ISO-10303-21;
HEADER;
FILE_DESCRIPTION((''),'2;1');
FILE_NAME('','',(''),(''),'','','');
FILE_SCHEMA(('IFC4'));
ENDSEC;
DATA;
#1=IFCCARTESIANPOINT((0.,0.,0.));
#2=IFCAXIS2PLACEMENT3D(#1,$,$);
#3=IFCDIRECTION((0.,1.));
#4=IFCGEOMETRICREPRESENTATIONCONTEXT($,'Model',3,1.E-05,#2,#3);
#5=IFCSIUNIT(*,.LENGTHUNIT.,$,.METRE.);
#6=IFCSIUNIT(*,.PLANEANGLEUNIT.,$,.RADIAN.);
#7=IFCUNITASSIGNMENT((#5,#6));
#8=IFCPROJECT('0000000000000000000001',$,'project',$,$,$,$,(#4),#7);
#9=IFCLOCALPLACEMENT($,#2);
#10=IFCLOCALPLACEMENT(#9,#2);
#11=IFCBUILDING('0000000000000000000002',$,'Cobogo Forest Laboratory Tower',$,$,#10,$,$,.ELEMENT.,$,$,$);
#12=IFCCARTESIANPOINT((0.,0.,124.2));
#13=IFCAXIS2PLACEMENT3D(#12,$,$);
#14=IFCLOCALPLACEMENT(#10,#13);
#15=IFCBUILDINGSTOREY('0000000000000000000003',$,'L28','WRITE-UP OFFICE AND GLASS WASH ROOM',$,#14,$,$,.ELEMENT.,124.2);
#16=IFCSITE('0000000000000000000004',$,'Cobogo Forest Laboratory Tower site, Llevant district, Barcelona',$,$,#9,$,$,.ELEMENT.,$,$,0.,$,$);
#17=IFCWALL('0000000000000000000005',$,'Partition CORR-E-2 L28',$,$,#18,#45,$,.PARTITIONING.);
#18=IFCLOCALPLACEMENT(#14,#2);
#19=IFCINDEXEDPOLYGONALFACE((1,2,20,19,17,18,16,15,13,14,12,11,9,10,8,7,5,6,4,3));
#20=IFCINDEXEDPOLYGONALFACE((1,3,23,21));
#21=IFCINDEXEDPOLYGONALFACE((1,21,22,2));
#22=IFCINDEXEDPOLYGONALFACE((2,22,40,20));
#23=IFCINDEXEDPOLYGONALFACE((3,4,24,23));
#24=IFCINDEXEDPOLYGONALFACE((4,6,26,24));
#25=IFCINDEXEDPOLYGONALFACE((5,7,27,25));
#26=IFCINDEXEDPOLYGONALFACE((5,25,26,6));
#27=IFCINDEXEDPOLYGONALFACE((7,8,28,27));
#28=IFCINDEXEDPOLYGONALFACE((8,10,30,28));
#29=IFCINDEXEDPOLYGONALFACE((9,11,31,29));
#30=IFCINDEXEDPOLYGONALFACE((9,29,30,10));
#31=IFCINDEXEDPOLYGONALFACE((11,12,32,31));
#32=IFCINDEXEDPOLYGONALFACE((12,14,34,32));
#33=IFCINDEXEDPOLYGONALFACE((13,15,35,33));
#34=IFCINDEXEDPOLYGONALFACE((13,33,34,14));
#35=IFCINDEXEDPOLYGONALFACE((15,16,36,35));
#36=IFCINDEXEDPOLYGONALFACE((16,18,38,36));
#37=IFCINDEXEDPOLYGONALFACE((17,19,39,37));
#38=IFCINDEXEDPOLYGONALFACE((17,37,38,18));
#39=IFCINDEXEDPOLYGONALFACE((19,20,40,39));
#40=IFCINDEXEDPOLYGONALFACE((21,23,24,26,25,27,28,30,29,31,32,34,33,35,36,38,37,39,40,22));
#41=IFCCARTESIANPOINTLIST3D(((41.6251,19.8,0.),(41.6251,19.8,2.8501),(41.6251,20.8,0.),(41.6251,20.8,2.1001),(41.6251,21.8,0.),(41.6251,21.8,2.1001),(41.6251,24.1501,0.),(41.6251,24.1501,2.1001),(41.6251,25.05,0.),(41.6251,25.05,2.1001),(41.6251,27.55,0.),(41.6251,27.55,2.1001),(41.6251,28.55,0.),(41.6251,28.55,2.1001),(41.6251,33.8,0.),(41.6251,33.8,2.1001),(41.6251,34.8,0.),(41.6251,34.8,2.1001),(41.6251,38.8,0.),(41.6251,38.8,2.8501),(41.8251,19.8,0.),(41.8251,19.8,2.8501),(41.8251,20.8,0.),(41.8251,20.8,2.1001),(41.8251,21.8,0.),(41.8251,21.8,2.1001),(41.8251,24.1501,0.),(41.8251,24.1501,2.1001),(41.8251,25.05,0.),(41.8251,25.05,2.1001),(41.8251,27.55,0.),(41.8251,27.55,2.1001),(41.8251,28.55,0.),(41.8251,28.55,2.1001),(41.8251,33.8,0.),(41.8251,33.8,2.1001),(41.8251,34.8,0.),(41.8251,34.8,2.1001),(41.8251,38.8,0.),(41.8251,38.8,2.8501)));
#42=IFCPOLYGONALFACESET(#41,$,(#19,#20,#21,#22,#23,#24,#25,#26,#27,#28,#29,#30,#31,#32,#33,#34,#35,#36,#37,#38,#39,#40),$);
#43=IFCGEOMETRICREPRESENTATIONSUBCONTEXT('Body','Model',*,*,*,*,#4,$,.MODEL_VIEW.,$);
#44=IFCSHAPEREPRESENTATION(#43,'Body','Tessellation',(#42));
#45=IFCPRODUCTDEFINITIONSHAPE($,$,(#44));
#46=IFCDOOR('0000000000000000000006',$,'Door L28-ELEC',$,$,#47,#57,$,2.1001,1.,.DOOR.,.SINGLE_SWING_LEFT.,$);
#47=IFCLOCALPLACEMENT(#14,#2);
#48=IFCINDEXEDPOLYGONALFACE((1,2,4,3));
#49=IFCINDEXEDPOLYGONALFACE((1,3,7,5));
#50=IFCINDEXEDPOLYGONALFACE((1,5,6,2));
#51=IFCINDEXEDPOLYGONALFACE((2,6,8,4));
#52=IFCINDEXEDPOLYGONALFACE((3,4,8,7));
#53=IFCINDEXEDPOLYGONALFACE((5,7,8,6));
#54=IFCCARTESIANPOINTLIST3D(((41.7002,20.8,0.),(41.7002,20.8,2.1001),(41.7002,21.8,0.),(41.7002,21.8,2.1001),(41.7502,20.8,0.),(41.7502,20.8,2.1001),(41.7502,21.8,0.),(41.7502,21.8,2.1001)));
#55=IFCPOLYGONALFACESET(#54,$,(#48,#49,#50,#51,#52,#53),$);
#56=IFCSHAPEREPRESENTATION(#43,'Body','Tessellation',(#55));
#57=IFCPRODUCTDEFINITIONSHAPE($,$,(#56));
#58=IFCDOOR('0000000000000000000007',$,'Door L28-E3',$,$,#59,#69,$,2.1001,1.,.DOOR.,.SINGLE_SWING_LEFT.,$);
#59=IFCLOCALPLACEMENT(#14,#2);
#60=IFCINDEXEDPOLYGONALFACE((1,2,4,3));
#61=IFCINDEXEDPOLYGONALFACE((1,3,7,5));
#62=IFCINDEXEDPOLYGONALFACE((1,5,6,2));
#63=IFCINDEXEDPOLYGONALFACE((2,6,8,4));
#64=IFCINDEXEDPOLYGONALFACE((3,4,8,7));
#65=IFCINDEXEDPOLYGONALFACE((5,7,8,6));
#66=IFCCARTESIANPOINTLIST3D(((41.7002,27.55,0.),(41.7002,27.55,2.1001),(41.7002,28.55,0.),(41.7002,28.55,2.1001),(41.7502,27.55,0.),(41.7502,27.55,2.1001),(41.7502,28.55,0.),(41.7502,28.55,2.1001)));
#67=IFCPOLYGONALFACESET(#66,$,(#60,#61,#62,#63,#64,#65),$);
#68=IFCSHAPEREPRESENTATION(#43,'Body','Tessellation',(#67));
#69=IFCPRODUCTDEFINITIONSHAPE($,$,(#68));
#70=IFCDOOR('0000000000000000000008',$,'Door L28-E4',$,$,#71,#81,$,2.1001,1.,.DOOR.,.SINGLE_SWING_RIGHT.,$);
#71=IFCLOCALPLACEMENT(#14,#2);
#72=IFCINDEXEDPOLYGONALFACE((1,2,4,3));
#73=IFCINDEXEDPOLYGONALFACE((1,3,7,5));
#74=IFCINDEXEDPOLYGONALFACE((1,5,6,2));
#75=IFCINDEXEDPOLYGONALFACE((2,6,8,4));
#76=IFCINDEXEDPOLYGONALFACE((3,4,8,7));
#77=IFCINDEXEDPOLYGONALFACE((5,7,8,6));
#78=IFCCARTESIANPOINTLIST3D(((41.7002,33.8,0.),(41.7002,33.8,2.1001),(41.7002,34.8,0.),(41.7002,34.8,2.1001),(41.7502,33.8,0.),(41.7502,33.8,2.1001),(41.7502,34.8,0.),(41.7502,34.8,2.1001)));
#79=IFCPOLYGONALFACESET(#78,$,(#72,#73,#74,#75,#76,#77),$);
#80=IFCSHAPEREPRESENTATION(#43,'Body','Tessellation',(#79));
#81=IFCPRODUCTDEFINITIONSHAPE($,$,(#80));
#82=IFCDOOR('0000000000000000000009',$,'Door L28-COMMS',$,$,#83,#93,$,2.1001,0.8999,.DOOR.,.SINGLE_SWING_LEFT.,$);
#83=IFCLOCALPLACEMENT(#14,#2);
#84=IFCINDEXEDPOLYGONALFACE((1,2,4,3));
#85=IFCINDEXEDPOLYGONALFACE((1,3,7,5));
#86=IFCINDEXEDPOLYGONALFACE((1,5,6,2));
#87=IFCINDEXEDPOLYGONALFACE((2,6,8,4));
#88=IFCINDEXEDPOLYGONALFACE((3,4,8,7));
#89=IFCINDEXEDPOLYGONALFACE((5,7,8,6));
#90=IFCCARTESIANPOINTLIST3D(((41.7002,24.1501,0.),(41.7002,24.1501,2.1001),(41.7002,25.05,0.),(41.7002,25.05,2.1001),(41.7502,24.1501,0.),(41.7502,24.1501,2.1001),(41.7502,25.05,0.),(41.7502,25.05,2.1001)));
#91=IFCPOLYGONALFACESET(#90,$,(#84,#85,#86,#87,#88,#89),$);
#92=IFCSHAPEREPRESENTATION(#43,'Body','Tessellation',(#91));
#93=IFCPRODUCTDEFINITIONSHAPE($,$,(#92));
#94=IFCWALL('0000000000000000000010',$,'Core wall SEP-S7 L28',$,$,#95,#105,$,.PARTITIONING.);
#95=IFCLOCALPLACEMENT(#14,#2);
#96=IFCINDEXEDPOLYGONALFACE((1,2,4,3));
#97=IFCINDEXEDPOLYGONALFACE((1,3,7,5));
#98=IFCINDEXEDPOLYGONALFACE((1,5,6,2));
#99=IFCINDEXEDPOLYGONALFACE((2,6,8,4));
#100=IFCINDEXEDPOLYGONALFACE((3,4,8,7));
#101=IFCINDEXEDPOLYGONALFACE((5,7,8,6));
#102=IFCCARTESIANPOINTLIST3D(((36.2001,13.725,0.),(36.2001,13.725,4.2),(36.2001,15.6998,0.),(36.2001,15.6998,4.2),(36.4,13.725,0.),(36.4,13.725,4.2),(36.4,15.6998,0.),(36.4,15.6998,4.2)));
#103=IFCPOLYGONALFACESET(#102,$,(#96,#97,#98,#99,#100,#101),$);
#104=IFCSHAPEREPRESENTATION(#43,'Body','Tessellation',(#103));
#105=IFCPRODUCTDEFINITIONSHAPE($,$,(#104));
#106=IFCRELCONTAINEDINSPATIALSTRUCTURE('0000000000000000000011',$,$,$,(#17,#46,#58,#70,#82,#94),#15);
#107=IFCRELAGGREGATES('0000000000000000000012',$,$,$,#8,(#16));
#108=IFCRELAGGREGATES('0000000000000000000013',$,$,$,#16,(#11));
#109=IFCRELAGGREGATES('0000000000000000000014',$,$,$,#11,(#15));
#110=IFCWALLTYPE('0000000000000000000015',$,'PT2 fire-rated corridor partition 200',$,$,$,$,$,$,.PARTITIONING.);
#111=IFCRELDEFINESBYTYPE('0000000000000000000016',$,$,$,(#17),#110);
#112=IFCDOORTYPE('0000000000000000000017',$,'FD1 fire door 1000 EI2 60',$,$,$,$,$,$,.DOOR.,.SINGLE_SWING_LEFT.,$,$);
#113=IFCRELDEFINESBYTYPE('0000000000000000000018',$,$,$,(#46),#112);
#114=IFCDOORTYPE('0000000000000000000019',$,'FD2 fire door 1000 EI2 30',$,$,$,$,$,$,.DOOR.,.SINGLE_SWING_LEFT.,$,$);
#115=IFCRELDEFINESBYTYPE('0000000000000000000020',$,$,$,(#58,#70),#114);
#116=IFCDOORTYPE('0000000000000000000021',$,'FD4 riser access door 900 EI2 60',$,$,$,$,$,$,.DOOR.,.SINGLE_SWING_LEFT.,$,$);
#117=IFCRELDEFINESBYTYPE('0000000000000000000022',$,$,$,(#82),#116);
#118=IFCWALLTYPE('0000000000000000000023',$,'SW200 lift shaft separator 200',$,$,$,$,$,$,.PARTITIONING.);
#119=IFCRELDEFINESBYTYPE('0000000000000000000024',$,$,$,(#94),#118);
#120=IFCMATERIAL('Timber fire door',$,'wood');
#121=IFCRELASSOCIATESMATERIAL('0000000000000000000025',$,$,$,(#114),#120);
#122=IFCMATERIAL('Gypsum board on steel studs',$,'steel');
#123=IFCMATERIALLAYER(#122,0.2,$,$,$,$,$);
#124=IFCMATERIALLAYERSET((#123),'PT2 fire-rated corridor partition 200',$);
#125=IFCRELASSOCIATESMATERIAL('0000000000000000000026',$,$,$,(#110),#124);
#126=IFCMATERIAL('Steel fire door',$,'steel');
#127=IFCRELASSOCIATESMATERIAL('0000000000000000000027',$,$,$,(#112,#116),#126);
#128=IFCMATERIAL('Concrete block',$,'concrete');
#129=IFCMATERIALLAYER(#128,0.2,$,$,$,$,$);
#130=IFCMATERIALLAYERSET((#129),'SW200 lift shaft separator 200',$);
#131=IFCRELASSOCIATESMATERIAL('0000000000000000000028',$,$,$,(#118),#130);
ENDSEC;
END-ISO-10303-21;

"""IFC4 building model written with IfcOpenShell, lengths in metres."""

from ifc_helpers import new_model, si_unit, direction, frame, frame_2d, origin, place, context, subcontext, project, spatial, rectangle, extrude, material, layer, layer_set, type_object, element, fill, save


model = new_model("IFC4")

# Units and contexts
model_context = context("Model", 3, precision=1e-05, world=origin(), true_north=direction((0.0, 1.0)))
body_context = subcontext(model_context, "Body", "Model", "MODEL_VIEW")
ifc_project = project(units=[si_unit("LENGTHUNIT", "METRE"), si_unit("PLANEANGLEUNIT", "RADIAN")], contexts=[model_context])

# Site, building, storey
site_placement = place(None, origin())
site = spatial("IfcSite", under=ifc_project, at=site_placement, Name="Cobogo Forest Laboratory Tower site, Llevant district, Barcelona", CompositionType="ELEMENT", RefElevation=0.0)
building_placement = place(site_placement, origin())
building = spatial("IfcBuilding", under=site, at=building_placement, Name="Cobogo Forest Laboratory Tower", CompositionType="ELEMENT")
storey_placement = place(building_placement, frame((0.0, 0.0, 124.2)))
storey = spatial("IfcBuildingStorey", under=building, at=storey_placement, Name="L28", Description="WRITE-UP OFFICE AND GLASS WASH ROOM", CompositionType="ELEMENT", Elevation=124.2)

# Shared definitions
ifc_material_1 = material(Name="Steel fire door", Category="steel")

# Shared definitions
ifc_material_2 = material(Name="Gypsum board on steel studs", Category="steel")
ifc_material_3 = material(Name="Timber fire door", Category="wood")
door_type_1 = type_object("IfcDoorType", Name="FD2 fire door 1000 EI2 30", OperationType="SINGLE_SWING_LEFT", PredefinedType="DOOR", material=ifc_material_3)

# Shared definitions
ifc_layer_1 = layer(ifc_material_2, 0.2)
ifc_layer_set_1 = layer_set([ifc_layer_1], Name="PT2 fire-rated corridor partition 200")
wall_type_1 = type_object("IfcWallType", Name="PT2 fire-rated corridor partition 200", PredefinedType="PARTITIONING", material=ifc_layer_set_1)

# Wall, openings, doors
wall_1_placement = place(storey_placement, frame((41.7251, 19.8, 0.0), z_axis=(0.0, 0.0, 1.0), x_axis=(0.0, 1.0, 0.0)))
wall_1 = element("IfcWall", 1, at=wall_1_placement, inside=storey, type_object=wall_type_1, Name="Partition CORR-E-2 L28", PredefinedType="PARTITIONING", context=body_context, shape_type="SweptSolid", body=[
    extrude(rectangle(XDim=19.0, YDim=0.2, at=frame_2d((9.5, 0.0))), origin(), (0.0, 0.0, 1.0), 2.8501),
])
opening_1_placement = place(wall_1_placement, frame((1.0, 0.0, 0.0)))
opening_1 = element("IfcOpeningElement", 2, at=opening_1_placement, cuts=wall_1, PredefinedType="OPENING", context=body_context, shape_type="SweptSolid", body=[
    extrude(rectangle(XDim=1.0, YDim=2.1001, at=frame_2d((0.5, 1.05))), frame((0.0, 0.1099, 0.0), z_axis=(0.0, -1.0, 0.0), x_axis=(1.0, 0.0, 0.0)), (0.0, 0.0, 1.0), 0.22),
])
opening_2_placement = place(wall_1_placement, frame((4.3501, 0.0, 0.0)))
opening_2 = element("IfcOpeningElement", 3, at=opening_2_placement, cuts=wall_1, PredefinedType="OPENING", context=body_context, shape_type="SweptSolid", body=[
    extrude(rectangle(XDim=0.8999, YDim=2.1001, at=frame_2d((0.45, 1.05))), frame((0.0, 0.1099, 0.0), z_axis=(0.0, -1.0, 0.0), x_axis=(1.0, 0.0, 0.0)), (0.0, 0.0, 1.0), 0.22),
])
opening_3_placement = place(wall_1_placement, frame((7.75, 0.0, 0.0)))
opening_3 = element("IfcOpeningElement", 4, at=opening_3_placement, cuts=wall_1, PredefinedType="OPENING", context=body_context, shape_type="SweptSolid", body=[
    extrude(rectangle(XDim=1.0, YDim=2.1001, at=frame_2d((0.5, 1.05))), frame((0.0, 0.1099, 0.0), z_axis=(0.0, -1.0, 0.0), x_axis=(1.0, 0.0, 0.0)), (0.0, 0.0, 1.0), 0.22),
])
opening_4_placement = place(wall_1_placement, frame((14.0, 0.0, 0.0)))
opening_4 = element("IfcOpeningElement", 5, at=opening_4_placement, cuts=wall_1, PredefinedType="OPENING", context=body_context, shape_type="SweptSolid", body=[
    extrude(rectangle(XDim=1.0, YDim=2.1001, at=frame_2d((0.5, 1.05))), frame((0.0, 0.1099, 0.0), z_axis=(0.0, -1.0, 0.0), x_axis=(1.0, 0.0, 0.0)), (0.0, 0.0, 1.0), 0.22),
])
door_type_2 = type_object("IfcDoorType", Name="FD1 fire door 1000 EI2 60", OperationType="SINGLE_SWING_LEFT", PredefinedType="DOOR", material=ifc_material_1)
door_1_placement = place(opening_1_placement, origin())
door_1 = element("IfcDoor", 6, at=door_1_placement, inside=storey, type_object=door_type_2, Name="Door L28-ELEC", OperationType="SINGLE_SWING_LEFT", OverallHeight=2.1001, OverallWidth=1.0, PredefinedType="DOOR", context=body_context, shape_type="SweptSolid", body=[
    extrude(rectangle(XDim=1.0, YDim=2.1001, at=frame_2d((0.5, 1.05))), frame((0.0, 0.0249, 0.0), z_axis=(0.0, -1.0, 0.0), x_axis=(1.0, 0.0, 0.0)), (0.0, 0.0, 1.0), 0.05),
])
fill(opening_1, door_1)
door_2_placement = place(opening_3_placement, origin())
door_2 = element("IfcDoor", 7, at=door_2_placement, inside=storey, type_object=door_type_1, Name="Door L28-E3", OperationType="SINGLE_SWING_LEFT", OverallHeight=2.1001, OverallWidth=1.0, PredefinedType="DOOR", context=body_context, shape_type="SweptSolid", body=[
    extrude(rectangle(XDim=1.0, YDim=2.1001, at=frame_2d((0.5, 1.05))), frame((0.0, 0.0249, 0.0), z_axis=(0.0, -1.0, 0.0), x_axis=(1.0, 0.0, 0.0)), (0.0, 0.0, 1.0), 0.05),
])
fill(opening_3, door_2)
door_3_placement = place(opening_4_placement, origin())
door_3 = element("IfcDoor", 8, at=door_3_placement, inside=storey, type_object=door_type_1, Name="Door L28-E4", OperationType="SINGLE_SWING_RIGHT", OverallHeight=2.1001, OverallWidth=1.0, PredefinedType="DOOR", context=body_context, shape_type="SweptSolid", body=[
    extrude(rectangle(XDim=1.0, YDim=2.1001, at=frame_2d((0.5, 1.05))), frame((0.0, 0.0249, 0.0), z_axis=(0.0, -1.0, 0.0), x_axis=(1.0, 0.0, 0.0)), (0.0, 0.0, 1.0), 0.05),
])
fill(opening_4, door_3)
door_type_3 = type_object("IfcDoorType", Name="FD4 riser access door 900 EI2 60", OperationType="SINGLE_SWING_LEFT", PredefinedType="DOOR", material=ifc_material_1)
door_4_placement = place(opening_2_placement, origin())
door_4 = element("IfcDoor", 9, at=door_4_placement, inside=storey, type_object=door_type_3, Name="Door L28-COMMS", OperationType="SINGLE_SWING_LEFT", OverallHeight=2.1001, OverallWidth=0.8999, PredefinedType="DOOR", context=body_context, shape_type="SweptSolid", body=[
    extrude(rectangle(XDim=0.8999, YDim=2.1001, at=frame_2d((0.45, 1.05))), frame((0.0, 0.0249, 0.0), z_axis=(0.0, -1.0, 0.0), x_axis=(1.0, 0.0, 0.0)), (0.0, 0.0, 1.0), 0.05),
])
fill(opening_2, door_4)

# Wall
ifc_material_4 = material(Name="Concrete block", Category="concrete")
ifc_layer_2 = layer(ifc_material_4, 0.2)
ifc_layer_set_2 = layer_set([ifc_layer_2], Name="SW200 lift shaft separator 200")
wall_type_2 = type_object("IfcWallType", Name="SW200 lift shaft separator 200", PredefinedType="PARTITIONING", material=ifc_layer_set_2)
wall_2_placement = place(storey_placement, frame((36.3, 13.7251, 0.0), z_axis=(0.0, 0.0, 1.0), x_axis=(0.0, 1.0, 0.0)))
element("IfcWall", 10, at=wall_2_placement, inside=storey, type_object=wall_type_2, Name="Core wall SEP-S7 L28", PredefinedType="PARTITIONING", context=body_context, shape_type="SweptSolid", body=[
    extrude(rectangle(XDim=1.9749, YDim=0.2, at=frame_2d((0.9873, 0.0))), origin(), (0.0, 0.0, 1.0), 4.2),
])

save(model, "model.ifc")
